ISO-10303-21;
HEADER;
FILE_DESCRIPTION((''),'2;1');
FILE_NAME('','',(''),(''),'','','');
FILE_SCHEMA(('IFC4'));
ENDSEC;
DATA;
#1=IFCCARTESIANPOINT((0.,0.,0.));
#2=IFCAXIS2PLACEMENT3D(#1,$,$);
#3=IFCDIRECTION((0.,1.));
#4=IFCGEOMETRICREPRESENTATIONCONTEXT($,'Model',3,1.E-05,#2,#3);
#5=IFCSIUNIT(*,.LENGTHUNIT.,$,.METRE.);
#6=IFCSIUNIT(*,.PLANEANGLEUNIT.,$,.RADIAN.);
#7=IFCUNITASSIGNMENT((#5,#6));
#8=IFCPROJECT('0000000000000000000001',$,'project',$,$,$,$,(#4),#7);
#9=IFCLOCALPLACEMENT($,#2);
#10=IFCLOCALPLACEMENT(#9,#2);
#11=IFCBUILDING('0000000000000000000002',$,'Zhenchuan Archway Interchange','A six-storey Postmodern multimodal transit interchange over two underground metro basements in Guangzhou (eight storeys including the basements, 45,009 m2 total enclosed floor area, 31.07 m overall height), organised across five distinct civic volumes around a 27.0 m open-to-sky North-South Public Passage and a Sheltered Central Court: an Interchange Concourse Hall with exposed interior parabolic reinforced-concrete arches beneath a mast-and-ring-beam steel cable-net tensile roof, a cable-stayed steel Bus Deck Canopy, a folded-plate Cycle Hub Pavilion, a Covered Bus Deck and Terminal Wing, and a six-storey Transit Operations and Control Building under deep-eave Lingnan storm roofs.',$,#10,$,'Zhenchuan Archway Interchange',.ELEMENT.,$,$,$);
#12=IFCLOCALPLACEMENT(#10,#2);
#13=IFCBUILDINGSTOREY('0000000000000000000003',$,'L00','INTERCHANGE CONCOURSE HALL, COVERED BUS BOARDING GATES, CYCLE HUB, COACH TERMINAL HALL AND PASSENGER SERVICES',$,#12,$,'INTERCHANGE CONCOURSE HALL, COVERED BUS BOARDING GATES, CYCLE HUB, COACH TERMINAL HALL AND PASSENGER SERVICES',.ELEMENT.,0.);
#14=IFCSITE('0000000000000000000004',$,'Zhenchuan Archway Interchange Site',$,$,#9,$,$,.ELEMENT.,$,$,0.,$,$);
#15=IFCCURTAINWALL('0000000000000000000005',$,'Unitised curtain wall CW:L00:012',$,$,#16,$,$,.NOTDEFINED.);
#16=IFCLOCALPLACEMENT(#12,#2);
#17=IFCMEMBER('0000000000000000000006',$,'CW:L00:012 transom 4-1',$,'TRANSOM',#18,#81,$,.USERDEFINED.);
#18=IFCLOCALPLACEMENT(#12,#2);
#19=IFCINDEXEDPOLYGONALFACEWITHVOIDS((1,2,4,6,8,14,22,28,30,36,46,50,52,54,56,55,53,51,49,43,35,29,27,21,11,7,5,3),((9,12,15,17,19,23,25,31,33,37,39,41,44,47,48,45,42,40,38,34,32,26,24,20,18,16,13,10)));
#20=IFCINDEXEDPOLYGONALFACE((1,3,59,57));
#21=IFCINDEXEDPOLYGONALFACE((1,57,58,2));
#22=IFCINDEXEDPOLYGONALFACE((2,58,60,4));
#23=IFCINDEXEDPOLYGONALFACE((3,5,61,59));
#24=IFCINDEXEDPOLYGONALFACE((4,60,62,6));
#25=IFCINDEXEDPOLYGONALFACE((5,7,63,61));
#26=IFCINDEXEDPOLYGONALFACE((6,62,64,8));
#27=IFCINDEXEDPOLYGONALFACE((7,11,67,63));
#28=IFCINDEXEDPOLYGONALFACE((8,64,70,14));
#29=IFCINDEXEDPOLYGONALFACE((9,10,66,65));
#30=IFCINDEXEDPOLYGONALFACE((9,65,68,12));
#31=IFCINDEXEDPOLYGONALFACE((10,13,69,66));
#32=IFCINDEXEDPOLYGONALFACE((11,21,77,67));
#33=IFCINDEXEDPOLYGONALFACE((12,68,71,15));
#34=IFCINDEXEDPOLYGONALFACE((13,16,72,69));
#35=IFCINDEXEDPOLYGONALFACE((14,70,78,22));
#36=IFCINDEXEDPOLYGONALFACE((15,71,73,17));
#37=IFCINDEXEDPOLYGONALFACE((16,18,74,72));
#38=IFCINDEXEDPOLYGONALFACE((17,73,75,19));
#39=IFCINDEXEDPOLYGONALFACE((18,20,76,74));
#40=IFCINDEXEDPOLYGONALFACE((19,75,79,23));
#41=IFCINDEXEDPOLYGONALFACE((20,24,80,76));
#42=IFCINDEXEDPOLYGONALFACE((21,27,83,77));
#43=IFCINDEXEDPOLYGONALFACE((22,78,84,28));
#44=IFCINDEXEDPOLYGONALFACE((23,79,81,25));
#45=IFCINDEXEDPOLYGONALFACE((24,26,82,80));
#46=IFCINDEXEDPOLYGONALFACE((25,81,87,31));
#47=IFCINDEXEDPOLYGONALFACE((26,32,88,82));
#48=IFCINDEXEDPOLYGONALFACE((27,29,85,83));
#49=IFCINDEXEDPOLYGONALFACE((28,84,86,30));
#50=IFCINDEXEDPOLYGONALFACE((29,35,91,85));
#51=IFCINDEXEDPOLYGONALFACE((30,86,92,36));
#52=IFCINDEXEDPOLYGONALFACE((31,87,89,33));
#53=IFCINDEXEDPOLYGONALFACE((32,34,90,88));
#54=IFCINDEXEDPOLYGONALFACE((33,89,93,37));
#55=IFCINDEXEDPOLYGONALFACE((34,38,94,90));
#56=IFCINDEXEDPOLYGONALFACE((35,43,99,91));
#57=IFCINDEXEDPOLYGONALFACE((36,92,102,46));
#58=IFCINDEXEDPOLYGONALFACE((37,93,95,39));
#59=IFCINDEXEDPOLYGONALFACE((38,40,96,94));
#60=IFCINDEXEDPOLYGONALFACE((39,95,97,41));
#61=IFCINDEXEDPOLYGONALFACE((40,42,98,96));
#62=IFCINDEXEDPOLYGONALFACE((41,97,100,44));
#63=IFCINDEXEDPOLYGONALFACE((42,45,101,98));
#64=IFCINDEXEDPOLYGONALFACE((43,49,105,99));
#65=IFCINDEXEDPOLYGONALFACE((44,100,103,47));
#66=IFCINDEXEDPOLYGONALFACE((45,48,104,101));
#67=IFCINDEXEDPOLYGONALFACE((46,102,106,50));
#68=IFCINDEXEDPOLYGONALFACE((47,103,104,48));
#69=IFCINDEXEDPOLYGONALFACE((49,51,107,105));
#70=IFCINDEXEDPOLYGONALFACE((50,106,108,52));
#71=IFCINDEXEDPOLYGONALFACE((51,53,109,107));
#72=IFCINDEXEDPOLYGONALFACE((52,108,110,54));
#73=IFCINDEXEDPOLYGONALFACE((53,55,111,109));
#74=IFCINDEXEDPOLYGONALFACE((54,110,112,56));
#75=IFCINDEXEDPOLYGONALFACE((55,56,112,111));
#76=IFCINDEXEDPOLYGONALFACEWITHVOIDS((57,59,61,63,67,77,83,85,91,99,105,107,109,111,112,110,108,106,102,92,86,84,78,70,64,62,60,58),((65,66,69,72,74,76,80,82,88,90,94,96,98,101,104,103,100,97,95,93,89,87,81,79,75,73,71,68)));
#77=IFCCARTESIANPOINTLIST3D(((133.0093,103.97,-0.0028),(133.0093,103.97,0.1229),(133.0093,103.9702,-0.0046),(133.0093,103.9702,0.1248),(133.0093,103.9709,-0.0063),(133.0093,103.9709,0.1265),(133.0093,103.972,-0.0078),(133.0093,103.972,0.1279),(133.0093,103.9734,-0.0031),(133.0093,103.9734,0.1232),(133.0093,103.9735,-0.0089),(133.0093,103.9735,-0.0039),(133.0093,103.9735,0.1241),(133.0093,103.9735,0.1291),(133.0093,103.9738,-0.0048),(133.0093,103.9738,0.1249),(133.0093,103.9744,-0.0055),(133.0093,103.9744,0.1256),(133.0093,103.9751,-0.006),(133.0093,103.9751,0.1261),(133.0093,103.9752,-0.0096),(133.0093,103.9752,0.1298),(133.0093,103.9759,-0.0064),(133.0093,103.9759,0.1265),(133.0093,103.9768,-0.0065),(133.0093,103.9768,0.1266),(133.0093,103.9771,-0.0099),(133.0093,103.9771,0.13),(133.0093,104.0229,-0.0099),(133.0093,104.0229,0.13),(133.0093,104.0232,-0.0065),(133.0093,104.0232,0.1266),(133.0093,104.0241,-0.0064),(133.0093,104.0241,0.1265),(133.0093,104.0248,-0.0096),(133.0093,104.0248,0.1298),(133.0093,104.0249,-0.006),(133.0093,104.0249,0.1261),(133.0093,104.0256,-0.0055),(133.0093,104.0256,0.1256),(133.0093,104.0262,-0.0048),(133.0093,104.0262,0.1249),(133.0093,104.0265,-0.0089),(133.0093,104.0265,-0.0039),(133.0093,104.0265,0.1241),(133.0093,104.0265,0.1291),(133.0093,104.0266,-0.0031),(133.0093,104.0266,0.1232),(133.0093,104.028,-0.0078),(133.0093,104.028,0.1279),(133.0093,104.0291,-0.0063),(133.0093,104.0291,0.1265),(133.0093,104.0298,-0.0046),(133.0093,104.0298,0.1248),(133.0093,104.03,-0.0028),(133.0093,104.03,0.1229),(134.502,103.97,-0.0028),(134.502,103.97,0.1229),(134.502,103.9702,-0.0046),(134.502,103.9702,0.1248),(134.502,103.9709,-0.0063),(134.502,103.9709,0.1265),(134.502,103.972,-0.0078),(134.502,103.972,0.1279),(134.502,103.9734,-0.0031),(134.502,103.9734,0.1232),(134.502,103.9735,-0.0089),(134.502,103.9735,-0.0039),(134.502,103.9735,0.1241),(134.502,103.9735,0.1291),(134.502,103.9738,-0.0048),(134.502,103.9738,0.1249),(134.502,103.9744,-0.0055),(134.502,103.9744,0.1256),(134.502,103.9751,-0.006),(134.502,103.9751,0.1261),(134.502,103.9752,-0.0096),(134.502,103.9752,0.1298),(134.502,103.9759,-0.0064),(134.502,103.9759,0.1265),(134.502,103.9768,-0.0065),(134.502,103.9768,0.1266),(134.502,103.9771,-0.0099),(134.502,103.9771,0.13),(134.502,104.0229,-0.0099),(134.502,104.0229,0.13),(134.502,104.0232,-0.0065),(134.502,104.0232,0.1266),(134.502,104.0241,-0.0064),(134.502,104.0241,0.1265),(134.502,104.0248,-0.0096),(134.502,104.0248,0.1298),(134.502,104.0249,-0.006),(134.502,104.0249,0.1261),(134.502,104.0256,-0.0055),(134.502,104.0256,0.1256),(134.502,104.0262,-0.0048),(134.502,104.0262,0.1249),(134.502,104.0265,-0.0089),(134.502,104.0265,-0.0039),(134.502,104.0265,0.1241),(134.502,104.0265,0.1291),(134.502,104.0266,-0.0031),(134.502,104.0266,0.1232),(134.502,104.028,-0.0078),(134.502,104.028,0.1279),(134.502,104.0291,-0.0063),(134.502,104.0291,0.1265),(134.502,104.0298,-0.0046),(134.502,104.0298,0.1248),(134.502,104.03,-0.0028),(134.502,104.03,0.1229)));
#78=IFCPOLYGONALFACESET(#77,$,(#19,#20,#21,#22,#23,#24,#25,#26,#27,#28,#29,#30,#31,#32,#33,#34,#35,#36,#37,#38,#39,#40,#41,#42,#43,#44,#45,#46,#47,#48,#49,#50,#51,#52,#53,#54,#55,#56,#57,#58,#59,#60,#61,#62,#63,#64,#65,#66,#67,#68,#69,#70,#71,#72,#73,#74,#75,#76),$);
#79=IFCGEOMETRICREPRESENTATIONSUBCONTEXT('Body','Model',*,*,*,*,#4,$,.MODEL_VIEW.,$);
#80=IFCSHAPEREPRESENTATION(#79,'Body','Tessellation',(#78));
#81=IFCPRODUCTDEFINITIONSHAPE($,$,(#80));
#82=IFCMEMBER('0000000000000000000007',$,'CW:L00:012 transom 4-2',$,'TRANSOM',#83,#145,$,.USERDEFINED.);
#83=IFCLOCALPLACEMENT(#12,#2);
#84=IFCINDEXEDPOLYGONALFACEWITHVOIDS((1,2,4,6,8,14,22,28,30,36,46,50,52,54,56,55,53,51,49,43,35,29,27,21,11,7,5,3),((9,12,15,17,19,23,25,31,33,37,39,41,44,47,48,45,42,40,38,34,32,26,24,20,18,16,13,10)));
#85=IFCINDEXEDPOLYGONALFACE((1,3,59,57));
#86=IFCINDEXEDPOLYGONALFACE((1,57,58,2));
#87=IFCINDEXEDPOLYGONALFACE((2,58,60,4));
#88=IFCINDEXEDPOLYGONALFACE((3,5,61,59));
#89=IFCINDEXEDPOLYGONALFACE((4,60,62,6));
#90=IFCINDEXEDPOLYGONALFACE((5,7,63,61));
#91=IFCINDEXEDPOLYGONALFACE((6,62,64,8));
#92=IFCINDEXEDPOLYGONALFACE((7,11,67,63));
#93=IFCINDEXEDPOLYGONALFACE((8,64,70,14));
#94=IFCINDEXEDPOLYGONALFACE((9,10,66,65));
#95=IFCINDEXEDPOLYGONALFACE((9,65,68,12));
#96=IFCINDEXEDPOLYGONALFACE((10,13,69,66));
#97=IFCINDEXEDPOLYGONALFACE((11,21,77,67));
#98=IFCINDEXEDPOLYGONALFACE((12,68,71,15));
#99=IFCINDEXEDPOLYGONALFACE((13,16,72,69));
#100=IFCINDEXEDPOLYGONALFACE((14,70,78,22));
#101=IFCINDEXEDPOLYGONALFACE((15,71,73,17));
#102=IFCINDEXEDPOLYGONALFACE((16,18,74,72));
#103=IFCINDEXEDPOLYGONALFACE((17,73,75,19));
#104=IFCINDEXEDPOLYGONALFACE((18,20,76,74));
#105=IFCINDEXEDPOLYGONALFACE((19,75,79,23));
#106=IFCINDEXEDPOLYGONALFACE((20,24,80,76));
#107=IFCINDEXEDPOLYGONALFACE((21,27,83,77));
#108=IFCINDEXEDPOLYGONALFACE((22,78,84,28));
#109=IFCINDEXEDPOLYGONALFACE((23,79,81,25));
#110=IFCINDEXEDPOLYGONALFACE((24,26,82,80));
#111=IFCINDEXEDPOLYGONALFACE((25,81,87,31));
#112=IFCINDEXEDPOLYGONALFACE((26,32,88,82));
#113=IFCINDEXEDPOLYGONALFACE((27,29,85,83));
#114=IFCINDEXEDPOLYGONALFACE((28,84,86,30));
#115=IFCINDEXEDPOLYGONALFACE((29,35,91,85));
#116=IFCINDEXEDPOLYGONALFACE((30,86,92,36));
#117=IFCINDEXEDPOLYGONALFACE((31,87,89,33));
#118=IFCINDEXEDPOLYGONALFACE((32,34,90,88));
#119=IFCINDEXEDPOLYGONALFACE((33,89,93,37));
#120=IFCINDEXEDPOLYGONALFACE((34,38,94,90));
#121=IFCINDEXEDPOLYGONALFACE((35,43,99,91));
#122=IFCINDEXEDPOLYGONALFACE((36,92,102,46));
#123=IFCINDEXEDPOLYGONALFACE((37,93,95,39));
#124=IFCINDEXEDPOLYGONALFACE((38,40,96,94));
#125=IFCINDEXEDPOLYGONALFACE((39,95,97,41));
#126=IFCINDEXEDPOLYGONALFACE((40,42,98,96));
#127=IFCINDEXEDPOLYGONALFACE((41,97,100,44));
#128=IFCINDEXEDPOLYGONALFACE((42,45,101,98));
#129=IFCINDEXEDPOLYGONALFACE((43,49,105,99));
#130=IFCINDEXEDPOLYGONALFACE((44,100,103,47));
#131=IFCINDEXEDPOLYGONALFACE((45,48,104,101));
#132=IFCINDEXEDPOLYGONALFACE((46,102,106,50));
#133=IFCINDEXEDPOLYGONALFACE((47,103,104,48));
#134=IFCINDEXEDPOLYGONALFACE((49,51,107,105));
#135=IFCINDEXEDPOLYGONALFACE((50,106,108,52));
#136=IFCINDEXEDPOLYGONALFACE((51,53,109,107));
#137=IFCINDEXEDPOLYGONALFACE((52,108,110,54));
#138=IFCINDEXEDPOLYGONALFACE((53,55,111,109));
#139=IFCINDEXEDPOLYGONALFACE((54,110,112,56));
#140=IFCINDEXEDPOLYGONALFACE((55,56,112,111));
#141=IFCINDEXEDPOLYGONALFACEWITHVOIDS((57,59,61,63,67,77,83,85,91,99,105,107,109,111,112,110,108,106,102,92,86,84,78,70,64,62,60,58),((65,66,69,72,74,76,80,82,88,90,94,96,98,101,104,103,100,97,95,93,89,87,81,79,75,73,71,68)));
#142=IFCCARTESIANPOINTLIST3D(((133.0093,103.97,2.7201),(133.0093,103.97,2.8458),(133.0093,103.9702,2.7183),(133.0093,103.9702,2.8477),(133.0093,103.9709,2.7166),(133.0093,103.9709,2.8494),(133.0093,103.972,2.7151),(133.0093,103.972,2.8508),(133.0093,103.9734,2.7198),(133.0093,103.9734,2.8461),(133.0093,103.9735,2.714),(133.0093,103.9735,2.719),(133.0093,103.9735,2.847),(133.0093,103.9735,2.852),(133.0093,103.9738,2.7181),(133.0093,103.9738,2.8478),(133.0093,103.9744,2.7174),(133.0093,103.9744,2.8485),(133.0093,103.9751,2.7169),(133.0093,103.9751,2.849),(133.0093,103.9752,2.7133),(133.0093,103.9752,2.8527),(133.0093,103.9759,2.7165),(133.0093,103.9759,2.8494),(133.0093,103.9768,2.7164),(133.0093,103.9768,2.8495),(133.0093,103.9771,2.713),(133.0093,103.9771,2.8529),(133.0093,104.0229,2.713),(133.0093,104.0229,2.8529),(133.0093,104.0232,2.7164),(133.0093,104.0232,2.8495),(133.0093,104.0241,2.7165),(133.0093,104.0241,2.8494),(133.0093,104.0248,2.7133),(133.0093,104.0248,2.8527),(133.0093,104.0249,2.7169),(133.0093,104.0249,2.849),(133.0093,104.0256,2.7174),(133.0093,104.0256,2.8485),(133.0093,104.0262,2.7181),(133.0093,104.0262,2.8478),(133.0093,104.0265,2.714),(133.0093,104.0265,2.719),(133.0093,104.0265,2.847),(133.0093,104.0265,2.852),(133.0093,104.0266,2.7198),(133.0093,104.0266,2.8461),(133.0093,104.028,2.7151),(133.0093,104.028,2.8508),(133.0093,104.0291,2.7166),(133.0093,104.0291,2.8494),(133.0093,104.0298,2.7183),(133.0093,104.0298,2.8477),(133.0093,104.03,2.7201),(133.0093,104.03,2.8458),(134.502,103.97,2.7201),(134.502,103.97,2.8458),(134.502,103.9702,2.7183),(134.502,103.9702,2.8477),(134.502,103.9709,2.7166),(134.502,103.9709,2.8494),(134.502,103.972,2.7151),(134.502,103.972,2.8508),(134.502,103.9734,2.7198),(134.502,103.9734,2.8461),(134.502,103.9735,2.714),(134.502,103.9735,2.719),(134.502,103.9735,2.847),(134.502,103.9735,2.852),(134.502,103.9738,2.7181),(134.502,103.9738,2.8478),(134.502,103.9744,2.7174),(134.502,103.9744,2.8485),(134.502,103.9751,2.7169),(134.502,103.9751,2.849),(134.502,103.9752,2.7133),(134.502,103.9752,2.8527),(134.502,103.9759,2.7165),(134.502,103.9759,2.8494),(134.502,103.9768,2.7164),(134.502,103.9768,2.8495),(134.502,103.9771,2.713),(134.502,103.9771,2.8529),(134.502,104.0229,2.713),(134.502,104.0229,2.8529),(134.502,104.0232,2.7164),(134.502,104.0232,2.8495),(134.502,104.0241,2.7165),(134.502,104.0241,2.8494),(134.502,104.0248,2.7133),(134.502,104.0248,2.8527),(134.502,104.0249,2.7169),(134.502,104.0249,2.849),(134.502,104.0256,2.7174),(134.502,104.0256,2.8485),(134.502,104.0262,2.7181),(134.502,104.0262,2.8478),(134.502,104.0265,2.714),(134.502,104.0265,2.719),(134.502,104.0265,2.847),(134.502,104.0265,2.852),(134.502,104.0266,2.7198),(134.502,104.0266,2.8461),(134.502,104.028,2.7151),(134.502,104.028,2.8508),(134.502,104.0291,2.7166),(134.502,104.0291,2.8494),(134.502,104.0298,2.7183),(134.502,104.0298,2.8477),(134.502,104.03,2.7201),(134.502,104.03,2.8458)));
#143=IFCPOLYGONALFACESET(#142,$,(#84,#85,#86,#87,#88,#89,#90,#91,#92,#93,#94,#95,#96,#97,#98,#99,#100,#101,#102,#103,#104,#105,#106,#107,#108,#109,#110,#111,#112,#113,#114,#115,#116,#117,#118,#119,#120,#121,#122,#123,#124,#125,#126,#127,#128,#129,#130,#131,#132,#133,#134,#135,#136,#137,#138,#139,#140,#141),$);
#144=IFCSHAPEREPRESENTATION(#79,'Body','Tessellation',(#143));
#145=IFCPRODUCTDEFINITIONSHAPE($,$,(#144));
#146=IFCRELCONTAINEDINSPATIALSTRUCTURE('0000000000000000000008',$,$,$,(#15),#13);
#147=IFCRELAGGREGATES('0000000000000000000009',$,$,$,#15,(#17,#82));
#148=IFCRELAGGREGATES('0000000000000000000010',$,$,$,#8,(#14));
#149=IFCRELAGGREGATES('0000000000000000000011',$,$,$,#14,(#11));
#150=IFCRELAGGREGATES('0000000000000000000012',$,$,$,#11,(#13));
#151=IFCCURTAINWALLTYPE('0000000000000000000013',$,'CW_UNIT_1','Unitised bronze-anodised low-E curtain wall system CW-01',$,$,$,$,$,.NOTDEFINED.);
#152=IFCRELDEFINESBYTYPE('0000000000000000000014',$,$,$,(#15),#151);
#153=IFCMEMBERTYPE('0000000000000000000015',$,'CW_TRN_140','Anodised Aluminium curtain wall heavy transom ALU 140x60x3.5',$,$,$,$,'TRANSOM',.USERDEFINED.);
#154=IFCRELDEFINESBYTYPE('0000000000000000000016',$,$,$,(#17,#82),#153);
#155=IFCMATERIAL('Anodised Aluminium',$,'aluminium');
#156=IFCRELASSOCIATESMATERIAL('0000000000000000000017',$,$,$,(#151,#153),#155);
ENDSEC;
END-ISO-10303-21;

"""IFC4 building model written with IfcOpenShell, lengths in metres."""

from ifc_helpers import new_model, si_unit, direction, frame, origin, origin_2d, place, context, subcontext, project, spatial, hollow_rectangle, extrude, material, material_profile, profile_set, type_object, element, aggregate, save


model = new_model("IFC4")

# Units and contexts
model_context = context("Model", 3, precision=1e-05, world=origin(), true_north=direction((0.0, 1.0)))
body_context = subcontext(model_context, "Body", "Model", "MODEL_VIEW")
ifc_project = project(units=[si_unit("LENGTHUNIT", "METRE"), si_unit("PLANEANGLEUNIT", "RADIAN")], contexts=[model_context])

# Site, building, storey
site_placement = place(None, origin())
site = spatial("IfcSite", under=ifc_project, at=site_placement, Name="Zhenchuan Archway Interchange Site", CompositionType="ELEMENT", RefElevation=0.0)
building_placement = place(site_placement, origin())
building = spatial("IfcBuilding", under=site, at=building_placement, Name="Zhenchuan Archway Interchange", Description="A six-storey Postmodern multimodal transit interchange over two underground metro basements in Guangzhou (eight storeys including the basements, 45,009 m2 total enclosed floor area, 31.07 m overall height), organised across five distinct civic volumes around a 27.0 m open-to-sky North-South Public Passage and a Sheltered Central Court: an Interchange Concourse Hall with exposed interior parabolic reinforced-concrete arches beneath a mast-and-ring-beam steel cable-net tensile roof, a cable-stayed steel Bus Deck Canopy, a folded-plate Cycle Hub Pavilion, a Covered Bus Deck and Terminal Wing, and a six-storey Transit Operations and Control Building under deep-eave Lingnan storm roofs.", LongName="Zhenchuan Archway Interchange", CompositionType="ELEMENT")
storey_placement = place(building_placement, origin())
storey = spatial("IfcBuildingStorey", under=building, at=storey_placement, Name="L00", Description="INTERCHANGE CONCOURSE HALL, COVERED BUS BOARDING GATES, CYCLE HUB, COACH TERMINAL HALL AND PASSENGER SERVICES", LongName="INTERCHANGE CONCOURSE HALL, COVERED BUS BOARDING GATES, CYCLE HUB, COACH TERMINAL HALL AND PASSENGER SERVICES", CompositionType="ELEMENT", Elevation=0.0)

# Curtain wall, members
ifc_material_1 = material(Name="Anodised Aluminium", Category="aluminium")
curtain_wall_type = type_object("IfcCurtainWallType", Name="CW_UNIT_1", Description="Unitised bronze-anodised low-E curtain wall system CW-01", PredefinedType="NOTDEFINED", material=ifc_material_1)
curtain_wall_placement = place(storey_placement, origin())
curtain_wall = element("IfcCurtainWall", 1, at=curtain_wall_placement, inside=storey, type_object=curtain_wall_type, Name="Unitised curtain wall CW:L00:012", PredefinedType="NOTDEFINED")
ifc_material_profile_1 = material_profile(ifc_material_1, hollow_rectangle(XDim=0.0601, YDim=0.1399, WallThickness=0.0034, InnerFilletRadius=0.0034, OuterFilletRadius=0.0071, at=origin_2d()), Name="ALU 140x60x3.5")
ifc_profile_set_1 = profile_set([ifc_material_profile_1], Name="Anodised Aluminium")
member_type_1 = type_object("IfcMemberType", Name="CW_TRN_140", Description="Anodised Aluminium curtain wall heavy transom ALU 140x60x3.5", ElementType="TRANSOM", PredefinedType="USERDEFINED", material=ifc_profile_set_1)
member_1_placement = place(storey_placement, frame((133.0093, 104.0, 0.0601), z_axis=(1.0, 0.0, 0.0), x_axis=(0.0, 1.0, 0.0)))
member_1 = element("IfcMember", 2, at=member_1_placement, type_object=member_type_1, Name="CW:L00:012 transom 4-1", ObjectType="TRANSOM", PredefinedType="USERDEFINED", context=body_context, shape_type="SweptSolid", body=[
    extrude(hollow_rectangle(XDim=0.0601, YDim=0.1399, WallThickness=0.0034, InnerFilletRadius=0.0034, OuterFilletRadius=0.0071, at=origin_2d()), origin(), (0.0, 0.0, 1.0), 1.4927),
])
member_2_placement = place(storey_placement, frame((133.0093, 104.0, 2.783), z_axis=(1.0, 0.0, 0.0), x_axis=(0.0, 1.0, 0.0)))
member_2 = element("IfcMember", 3, at=member_2_placement, type_object=member_type_1, Name="CW:L00:012 transom 4-2", ObjectType="TRANSOM", PredefinedType="USERDEFINED", context=body_context, shape_type="SweptSolid", body=[
    extrude(hollow_rectangle(XDim=0.0601, YDim=0.1399, WallThickness=0.0034, InnerFilletRadius=0.0034, OuterFilletRadius=0.0071, at=origin_2d()), origin(), (0.0, 0.0, 1.0), 1.4927),
])

aggregate(curtain_wall, [member_1, member_2])

save(model, "model.ifc")
